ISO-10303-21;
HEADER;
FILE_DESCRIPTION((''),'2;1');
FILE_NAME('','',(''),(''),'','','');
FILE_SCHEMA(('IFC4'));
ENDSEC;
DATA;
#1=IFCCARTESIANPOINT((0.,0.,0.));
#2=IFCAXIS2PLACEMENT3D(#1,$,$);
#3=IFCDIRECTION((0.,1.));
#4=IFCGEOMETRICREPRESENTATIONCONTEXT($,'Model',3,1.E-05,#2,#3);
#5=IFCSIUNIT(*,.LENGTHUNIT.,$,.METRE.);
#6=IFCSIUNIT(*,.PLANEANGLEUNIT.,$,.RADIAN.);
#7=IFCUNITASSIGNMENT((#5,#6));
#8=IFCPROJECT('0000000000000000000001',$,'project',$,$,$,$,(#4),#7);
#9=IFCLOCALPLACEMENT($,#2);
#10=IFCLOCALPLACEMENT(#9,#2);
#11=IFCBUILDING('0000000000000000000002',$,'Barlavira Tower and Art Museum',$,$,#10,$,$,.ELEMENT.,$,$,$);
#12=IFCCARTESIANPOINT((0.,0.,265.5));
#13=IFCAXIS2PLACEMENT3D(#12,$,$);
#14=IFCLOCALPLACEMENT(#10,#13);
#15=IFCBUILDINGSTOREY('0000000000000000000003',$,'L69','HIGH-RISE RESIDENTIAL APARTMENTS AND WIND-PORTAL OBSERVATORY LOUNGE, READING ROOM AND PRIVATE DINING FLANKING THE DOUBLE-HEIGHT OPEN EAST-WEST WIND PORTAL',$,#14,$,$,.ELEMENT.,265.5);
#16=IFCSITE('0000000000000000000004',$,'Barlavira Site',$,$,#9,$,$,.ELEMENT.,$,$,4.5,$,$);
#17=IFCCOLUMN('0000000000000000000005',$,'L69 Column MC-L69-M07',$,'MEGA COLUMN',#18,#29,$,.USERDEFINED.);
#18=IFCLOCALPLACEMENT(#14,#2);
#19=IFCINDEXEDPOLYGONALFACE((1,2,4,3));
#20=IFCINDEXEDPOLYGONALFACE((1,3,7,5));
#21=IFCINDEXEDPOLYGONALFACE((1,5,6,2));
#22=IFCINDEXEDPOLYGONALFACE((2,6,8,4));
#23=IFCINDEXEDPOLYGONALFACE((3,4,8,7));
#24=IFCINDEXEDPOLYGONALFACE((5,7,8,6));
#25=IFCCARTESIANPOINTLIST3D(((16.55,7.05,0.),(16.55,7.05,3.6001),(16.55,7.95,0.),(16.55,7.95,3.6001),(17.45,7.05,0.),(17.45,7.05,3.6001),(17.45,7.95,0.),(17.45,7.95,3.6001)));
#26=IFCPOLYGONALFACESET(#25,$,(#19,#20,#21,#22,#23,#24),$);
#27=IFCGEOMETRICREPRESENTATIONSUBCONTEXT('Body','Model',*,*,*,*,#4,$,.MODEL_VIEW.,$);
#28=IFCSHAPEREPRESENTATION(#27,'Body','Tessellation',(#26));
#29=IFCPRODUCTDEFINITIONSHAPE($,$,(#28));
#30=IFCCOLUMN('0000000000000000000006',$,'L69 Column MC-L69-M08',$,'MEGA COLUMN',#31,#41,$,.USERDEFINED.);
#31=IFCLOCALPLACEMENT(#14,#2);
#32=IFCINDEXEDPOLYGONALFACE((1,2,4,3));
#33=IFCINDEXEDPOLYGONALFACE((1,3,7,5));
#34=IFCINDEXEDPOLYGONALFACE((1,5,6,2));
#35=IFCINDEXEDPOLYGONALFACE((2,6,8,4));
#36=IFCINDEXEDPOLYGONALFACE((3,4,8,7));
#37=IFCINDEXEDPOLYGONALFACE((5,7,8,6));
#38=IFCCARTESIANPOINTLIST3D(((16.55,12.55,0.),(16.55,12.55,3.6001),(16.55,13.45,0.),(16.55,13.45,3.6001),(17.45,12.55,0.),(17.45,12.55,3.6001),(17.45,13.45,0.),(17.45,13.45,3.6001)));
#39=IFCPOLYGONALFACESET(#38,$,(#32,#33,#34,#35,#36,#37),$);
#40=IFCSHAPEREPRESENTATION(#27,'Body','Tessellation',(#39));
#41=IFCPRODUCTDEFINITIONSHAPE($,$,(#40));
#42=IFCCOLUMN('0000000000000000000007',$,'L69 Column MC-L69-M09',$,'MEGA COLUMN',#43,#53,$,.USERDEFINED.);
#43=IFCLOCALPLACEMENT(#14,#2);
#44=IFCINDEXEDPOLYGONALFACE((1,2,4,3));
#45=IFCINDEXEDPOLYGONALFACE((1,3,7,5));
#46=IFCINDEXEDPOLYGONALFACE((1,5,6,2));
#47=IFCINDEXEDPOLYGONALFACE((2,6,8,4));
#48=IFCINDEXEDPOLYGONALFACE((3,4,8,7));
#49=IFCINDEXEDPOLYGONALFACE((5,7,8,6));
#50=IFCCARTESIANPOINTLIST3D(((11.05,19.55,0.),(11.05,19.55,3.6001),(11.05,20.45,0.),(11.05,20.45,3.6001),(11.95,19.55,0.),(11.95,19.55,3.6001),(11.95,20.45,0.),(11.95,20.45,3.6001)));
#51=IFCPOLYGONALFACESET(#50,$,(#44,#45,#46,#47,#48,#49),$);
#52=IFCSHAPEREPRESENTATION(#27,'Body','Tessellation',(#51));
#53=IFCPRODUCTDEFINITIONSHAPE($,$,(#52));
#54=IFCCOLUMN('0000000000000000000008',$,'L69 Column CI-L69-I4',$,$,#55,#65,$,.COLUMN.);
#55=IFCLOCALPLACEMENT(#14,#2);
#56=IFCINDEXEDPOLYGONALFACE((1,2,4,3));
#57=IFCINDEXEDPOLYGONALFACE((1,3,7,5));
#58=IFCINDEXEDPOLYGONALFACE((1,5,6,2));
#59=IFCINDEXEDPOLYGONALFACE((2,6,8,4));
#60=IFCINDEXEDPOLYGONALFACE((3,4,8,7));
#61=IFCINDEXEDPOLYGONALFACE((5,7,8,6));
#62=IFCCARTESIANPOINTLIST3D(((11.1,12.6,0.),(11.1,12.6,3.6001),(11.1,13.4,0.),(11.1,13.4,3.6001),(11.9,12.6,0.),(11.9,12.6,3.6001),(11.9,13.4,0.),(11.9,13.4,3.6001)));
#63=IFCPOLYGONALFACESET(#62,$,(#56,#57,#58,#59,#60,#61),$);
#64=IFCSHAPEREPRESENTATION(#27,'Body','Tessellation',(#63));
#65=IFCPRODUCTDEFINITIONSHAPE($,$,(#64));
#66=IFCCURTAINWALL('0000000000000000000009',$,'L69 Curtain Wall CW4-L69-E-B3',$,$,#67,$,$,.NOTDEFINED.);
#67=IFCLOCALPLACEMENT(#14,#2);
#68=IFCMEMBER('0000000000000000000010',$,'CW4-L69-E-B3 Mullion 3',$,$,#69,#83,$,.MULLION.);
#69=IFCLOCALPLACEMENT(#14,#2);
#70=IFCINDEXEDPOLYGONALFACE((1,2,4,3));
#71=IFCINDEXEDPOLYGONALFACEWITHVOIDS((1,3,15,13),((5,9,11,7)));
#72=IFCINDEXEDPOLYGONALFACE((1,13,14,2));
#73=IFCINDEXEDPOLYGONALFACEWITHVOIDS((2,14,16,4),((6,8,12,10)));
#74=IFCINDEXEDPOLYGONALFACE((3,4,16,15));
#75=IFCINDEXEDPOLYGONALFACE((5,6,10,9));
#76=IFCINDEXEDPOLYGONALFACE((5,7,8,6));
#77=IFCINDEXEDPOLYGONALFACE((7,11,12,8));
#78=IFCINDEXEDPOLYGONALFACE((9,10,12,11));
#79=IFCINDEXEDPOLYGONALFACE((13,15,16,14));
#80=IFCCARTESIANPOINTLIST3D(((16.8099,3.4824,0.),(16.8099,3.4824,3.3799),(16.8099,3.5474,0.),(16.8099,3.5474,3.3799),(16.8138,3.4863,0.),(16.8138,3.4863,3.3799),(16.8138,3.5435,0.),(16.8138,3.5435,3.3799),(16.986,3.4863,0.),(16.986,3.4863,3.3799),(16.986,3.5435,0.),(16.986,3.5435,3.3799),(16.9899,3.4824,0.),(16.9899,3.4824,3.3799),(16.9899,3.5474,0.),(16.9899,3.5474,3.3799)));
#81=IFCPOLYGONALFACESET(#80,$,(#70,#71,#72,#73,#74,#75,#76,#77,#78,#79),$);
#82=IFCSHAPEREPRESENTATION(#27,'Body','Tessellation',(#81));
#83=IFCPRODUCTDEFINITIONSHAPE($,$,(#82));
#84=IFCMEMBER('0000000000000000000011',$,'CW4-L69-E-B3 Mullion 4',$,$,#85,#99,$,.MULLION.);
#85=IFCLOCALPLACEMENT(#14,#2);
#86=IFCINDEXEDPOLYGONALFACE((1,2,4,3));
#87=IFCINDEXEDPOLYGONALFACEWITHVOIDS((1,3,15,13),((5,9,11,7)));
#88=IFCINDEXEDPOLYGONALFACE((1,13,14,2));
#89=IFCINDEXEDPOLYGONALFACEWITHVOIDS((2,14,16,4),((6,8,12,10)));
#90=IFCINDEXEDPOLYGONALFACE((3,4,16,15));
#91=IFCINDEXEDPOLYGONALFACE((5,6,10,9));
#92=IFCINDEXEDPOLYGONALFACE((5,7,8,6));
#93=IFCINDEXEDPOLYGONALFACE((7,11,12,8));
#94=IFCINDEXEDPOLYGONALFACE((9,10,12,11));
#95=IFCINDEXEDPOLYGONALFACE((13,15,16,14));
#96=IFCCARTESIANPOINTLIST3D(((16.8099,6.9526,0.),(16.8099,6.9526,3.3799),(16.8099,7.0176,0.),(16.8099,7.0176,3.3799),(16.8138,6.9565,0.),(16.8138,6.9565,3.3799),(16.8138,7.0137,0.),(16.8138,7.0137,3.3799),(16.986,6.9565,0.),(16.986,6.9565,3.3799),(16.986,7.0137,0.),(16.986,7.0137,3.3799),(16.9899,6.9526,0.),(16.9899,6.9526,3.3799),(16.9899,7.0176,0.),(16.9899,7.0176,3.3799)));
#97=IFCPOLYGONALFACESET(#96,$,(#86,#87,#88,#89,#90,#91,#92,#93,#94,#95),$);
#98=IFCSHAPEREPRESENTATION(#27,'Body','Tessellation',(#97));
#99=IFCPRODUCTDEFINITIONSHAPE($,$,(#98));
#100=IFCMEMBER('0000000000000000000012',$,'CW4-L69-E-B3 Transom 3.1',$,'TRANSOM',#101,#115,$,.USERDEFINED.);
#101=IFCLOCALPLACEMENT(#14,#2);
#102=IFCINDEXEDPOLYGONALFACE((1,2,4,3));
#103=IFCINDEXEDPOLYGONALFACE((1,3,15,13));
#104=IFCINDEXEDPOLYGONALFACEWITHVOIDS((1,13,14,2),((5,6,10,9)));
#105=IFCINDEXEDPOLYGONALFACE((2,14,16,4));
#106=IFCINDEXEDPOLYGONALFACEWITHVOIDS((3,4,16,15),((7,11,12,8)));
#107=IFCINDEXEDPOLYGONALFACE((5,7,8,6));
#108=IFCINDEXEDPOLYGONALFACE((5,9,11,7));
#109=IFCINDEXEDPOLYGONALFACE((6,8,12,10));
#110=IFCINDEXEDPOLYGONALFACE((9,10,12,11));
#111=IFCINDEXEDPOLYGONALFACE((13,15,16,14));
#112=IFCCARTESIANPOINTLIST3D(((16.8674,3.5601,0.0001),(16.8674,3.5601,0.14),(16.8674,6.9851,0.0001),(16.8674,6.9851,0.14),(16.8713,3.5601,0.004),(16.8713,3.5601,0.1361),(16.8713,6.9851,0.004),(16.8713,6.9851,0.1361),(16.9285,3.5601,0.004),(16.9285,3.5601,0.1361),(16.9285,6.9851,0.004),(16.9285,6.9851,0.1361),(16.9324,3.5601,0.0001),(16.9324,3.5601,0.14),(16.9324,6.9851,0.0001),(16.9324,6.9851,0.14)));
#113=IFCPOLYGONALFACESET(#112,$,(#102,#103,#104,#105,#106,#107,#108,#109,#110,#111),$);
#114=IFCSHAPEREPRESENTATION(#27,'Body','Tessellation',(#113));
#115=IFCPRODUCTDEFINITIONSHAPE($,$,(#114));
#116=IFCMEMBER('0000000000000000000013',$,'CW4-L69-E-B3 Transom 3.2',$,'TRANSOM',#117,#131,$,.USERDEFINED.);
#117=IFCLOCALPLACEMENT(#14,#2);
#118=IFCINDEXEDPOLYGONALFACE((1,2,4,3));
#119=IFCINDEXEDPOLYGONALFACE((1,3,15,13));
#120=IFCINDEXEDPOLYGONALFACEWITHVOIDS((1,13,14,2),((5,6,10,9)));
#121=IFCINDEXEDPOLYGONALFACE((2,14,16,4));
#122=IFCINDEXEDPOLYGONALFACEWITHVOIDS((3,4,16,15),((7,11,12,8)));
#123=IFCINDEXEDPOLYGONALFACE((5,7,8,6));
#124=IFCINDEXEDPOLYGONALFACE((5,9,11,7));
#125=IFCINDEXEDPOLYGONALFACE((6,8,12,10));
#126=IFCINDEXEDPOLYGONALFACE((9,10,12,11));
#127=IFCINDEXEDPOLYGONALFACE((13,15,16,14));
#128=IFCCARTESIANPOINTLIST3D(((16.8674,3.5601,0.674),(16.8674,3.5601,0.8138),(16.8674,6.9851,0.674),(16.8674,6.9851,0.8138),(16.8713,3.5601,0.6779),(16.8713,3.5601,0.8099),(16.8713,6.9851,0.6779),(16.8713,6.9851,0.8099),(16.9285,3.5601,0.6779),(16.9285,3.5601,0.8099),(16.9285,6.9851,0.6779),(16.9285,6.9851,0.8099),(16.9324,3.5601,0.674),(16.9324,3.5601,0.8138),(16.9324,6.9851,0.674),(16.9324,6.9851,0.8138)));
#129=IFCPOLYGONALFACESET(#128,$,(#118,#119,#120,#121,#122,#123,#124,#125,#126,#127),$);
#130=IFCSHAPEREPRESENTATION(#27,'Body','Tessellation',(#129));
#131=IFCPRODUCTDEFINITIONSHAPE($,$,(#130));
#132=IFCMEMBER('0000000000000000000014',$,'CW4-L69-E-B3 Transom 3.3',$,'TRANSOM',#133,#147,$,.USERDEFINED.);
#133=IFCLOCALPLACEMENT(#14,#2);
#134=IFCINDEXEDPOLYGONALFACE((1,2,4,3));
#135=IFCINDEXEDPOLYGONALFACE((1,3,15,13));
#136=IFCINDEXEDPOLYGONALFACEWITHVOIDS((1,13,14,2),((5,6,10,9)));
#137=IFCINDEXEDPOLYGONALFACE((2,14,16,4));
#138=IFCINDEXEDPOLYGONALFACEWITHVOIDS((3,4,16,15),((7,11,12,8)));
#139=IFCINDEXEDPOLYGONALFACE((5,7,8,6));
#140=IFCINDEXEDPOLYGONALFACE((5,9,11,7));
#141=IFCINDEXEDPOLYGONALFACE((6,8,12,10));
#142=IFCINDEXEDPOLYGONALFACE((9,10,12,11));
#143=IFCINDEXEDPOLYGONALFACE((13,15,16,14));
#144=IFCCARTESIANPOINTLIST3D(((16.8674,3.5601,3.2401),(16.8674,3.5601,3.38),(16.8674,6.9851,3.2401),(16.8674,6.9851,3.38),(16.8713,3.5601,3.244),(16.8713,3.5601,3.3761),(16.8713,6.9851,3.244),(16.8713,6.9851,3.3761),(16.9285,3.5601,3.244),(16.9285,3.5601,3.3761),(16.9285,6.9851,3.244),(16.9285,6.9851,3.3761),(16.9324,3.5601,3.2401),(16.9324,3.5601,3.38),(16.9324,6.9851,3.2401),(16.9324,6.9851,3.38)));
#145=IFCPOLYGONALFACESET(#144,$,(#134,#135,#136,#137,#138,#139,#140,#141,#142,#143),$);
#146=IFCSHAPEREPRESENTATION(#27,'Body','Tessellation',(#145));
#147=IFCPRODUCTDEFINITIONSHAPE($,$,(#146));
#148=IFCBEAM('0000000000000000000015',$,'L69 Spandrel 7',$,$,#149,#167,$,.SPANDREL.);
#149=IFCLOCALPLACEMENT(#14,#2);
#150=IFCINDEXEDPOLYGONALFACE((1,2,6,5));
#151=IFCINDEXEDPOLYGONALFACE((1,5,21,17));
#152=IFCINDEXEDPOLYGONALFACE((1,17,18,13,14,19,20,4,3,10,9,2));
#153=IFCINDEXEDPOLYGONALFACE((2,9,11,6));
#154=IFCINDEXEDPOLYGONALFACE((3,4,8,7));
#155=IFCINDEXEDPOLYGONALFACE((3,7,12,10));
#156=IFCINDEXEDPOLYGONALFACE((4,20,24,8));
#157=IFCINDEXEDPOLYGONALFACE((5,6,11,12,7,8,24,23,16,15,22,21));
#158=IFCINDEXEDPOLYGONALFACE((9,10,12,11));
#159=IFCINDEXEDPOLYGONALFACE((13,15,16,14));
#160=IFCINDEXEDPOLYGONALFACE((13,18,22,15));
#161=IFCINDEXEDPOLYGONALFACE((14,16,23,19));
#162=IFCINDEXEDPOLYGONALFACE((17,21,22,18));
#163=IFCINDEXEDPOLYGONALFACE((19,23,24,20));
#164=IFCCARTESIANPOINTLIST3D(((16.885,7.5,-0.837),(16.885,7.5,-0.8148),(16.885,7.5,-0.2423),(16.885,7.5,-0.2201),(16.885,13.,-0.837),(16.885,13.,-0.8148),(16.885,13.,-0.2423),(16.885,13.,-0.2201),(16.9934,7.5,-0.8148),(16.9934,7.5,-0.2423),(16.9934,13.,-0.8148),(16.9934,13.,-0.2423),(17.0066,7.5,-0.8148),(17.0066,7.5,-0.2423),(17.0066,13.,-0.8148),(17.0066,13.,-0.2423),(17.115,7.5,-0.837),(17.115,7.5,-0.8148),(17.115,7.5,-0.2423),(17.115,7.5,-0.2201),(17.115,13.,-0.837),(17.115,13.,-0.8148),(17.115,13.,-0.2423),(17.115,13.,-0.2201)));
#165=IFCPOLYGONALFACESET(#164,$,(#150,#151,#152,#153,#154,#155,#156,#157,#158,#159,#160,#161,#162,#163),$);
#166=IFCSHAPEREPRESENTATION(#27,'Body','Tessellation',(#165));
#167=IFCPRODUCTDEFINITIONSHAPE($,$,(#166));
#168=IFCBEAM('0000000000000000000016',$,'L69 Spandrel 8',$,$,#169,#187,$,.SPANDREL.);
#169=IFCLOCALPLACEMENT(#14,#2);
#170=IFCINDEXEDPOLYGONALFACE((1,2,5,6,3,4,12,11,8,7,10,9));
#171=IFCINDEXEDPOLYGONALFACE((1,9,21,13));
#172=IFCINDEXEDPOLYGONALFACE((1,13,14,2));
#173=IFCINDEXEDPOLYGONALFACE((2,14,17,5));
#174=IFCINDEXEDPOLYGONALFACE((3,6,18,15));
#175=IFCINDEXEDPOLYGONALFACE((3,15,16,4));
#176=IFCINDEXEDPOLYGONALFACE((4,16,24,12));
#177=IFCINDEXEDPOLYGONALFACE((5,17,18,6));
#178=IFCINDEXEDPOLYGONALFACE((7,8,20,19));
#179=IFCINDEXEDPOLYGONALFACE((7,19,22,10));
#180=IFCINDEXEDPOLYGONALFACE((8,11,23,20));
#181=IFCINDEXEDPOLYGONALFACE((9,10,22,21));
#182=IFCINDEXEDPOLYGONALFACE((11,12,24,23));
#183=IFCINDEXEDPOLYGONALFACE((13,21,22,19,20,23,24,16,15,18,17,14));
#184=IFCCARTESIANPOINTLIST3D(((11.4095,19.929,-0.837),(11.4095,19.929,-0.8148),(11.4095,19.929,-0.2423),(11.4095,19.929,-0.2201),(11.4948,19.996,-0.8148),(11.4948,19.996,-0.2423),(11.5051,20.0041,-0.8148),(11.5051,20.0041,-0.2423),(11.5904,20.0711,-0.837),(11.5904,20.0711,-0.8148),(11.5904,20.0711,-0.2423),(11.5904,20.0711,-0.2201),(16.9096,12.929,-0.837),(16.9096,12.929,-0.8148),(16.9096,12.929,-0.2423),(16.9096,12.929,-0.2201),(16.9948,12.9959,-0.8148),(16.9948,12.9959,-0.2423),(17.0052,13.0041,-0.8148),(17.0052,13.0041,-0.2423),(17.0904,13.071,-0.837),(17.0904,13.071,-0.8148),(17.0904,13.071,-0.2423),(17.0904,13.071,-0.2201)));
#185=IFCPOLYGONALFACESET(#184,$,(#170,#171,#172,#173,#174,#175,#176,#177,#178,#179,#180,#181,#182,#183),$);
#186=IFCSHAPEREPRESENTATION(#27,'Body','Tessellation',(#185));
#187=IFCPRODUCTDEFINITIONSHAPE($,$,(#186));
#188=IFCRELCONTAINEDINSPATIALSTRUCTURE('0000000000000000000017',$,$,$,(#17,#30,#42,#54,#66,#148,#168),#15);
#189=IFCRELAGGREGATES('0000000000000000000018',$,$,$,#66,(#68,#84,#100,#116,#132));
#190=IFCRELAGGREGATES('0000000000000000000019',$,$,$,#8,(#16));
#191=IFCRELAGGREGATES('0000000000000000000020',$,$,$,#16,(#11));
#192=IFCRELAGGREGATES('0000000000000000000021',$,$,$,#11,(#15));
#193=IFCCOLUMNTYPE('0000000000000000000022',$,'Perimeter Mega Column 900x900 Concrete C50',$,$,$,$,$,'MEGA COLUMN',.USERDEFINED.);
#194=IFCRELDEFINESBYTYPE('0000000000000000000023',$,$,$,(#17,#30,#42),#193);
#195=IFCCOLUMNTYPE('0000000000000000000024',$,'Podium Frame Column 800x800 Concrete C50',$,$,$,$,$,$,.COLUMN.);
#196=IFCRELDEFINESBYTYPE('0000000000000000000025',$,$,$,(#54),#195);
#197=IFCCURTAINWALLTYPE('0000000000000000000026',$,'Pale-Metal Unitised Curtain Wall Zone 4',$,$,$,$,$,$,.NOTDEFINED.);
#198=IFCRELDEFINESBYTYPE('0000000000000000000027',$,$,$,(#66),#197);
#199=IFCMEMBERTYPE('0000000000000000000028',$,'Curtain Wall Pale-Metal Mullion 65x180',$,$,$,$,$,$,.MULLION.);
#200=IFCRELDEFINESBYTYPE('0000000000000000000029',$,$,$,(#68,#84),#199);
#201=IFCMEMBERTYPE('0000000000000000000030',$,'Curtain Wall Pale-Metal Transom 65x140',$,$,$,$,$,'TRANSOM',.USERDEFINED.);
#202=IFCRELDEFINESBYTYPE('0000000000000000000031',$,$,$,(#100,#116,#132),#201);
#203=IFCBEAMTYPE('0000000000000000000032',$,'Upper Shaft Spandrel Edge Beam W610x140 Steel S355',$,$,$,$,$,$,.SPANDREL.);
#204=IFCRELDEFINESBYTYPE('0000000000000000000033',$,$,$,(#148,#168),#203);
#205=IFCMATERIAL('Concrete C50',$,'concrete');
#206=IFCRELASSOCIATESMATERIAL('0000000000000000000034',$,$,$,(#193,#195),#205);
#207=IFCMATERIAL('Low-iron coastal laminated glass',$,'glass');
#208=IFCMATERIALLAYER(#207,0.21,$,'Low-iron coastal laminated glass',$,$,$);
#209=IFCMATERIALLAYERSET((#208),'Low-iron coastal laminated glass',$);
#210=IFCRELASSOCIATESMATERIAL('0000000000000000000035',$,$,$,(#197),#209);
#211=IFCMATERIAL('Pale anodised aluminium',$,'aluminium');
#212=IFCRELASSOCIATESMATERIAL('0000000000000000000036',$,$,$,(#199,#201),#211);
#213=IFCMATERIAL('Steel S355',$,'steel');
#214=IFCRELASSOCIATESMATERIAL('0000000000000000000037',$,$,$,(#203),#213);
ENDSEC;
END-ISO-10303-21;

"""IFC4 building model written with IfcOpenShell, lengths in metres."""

from ifc_helpers import new_model, si_unit, direction, frame, origin, origin_2d, place, context, subcontext, project, spatial, rectangle, hollow_rectangle, i_section, extrude, material, layer, layer_set, material_profile, profile_set, type_object, element, aggregate, save


model = new_model("IFC4")

# Units and contexts
model_context = context("Model", 3, precision=1e-05, world=origin(), true_north=direction((0.0, 1.0)))
body_context = subcontext(model_context, "Body", "Model", "MODEL_VIEW")
ifc_project = project(units=[si_unit("LENGTHUNIT", "METRE"), si_unit("PLANEANGLEUNIT", "RADIAN")], contexts=[model_context])

# Site, building, storey
site_placement = place(None, origin())
site = spatial("IfcSite", under=ifc_project, at=site_placement, Name="Barlavira Site", CompositionType="ELEMENT", RefElevation=4.5)
building_placement = place(site_placement, origin())
building = spatial("IfcBuilding", under=site, at=building_placement, Name="Barlavira Tower and Art Museum", CompositionType="ELEMENT")
storey_placement = place(building_placement, frame((0.0, 0.0, 265.5)))
storey = spatial("IfcBuildingStorey", under=building, at=storey_placement, Name="L69", Description="HIGH-RISE RESIDENTIAL APARTMENTS AND WIND-PORTAL OBSERVATORY LOUNGE, READING ROOM AND PRIVATE DINING FLANKING THE DOUBLE-HEIGHT OPEN EAST-WEST WIND PORTAL", CompositionType="ELEMENT", Elevation=265.5)

# Columns
ifc_material_1 = material(Name="Concrete C50", Category="concrete")
ifc_material_profile_1 = material_profile(ifc_material_1, rectangle(XDim=0.8999, YDim=0.8999, at=origin_2d()), Name="RC-COL 900x900")
ifc_profile_set_1 = profile_set([ifc_material_profile_1], Name="Concrete C50")
column_type_1 = type_object("IfcColumnType", Name="Perimeter Mega Column 900x900 Concrete C50", ElementType="MEGA COLUMN", PredefinedType="USERDEFINED", material=ifc_profile_set_1)
for number, where, z_axis, x_axis, name in (
    (1, (17.0, 7.5, 0.0), (0.0, 0.0, 1.0), (1.0, 0.0, 0.0), "L69 Column MC-L69-M07"),
    (2, (17.0, 13.0, 0.0), (0.0, 0.0, 1.0), (1.0, 0.0, 0.0), "L69 Column MC-L69-M08"),
    (3, (11.5, 20.0, 0.0), (0.0, 0.0, 1.0), (1.0, 0.0, 0.0), "L69 Column MC-L69-M09"),
):
    element("IfcColumn", number, at=place(storey_placement, frame(where, z_axis=z_axis, x_axis=x_axis)), inside=storey, type_object=column_type_1, Name=name, ObjectType="MEGA COLUMN", PredefinedType="USERDEFINED", context=body_context, shape_type="SweptSolid", body=[
        extrude(rectangle(XDim=0.8999, YDim=0.8999, at=origin_2d()), origin(), (0.0, 0.0, 1.0), 3.6001),
    ])
ifc_material_profile_2 = material_profile(ifc_material_1, rectangle(XDim=0.8, YDim=0.8, at=origin_2d()), Name="RC-COL 800x800")
ifc_profile_set_2 = profile_set([ifc_material_profile_2], Name="Concrete C50")
column_type_2 = type_object("IfcColumnType", Name="Podium Frame Column 800x800 Concrete C50", PredefinedType="COLUMN", material=ifc_profile_set_2)
column_placement = place(storey_placement, frame((11.5, 13.0, 0.0), z_axis=(0.0, 0.0, 1.0), x_axis=(1.0, 0.0, 0.0)))
element("IfcColumn", 4, at=column_placement, inside=storey, type_object=column_type_2, Name="L69 Column CI-L69-I4", PredefinedType="COLUMN", context=body_context, shape_type="SweptSolid", body=[
    extrude(rectangle(XDim=0.8, YDim=0.8, at=origin_2d()), origin(), (0.0, 0.0, 1.0), 3.6001),
])

# Curtain wall, members
ifc_material_2 = material(Name="Low-iron coastal laminated glass", Category="glass")
ifc_layer_1 = layer(ifc_material_2, 0.21, Name="Low-iron coastal laminated glass")
ifc_layer_set_1 = layer_set([ifc_layer_1], Name="Low-iron coastal laminated glass")
curtain_wall_type = type_object("IfcCurtainWallType", Name="Pale-Metal Unitised Curtain Wall Zone 4", PredefinedType="NOTDEFINED", material=ifc_layer_set_1)
curtain_wall_placement = place(storey_placement, origin())
curtain_wall = element("IfcCurtainWall", 5, at=curtain_wall_placement, inside=storey, type_object=curtain_wall_type, Name="L69 Curtain Wall CW4-L69-E-B3", PredefinedType="NOTDEFINED")
ifc_material_3 = material(Name="Pale anodised aluminium", Category="aluminium")
ifc_material_profile_3 = material_profile(ifc_material_3, hollow_rectangle(XDim=0.0649, YDim=0.1799, WallThickness=0.0039, at=origin_2d()), Name="ALU-MULL 65x180x4")
ifc_profile_set_3 = profile_set([ifc_material_profile_3], Name="Pale anodised aluminium")
member_type_1 = type_object("IfcMemberType", Name="Curtain Wall Pale-Metal Mullion 65x180", PredefinedType="MULLION", material=ifc_profile_set_3)
member_1_placement = place(storey_placement, frame((16.8999, 3.5149, 0.0), z_axis=(0.0, 0.0, 1.0), x_axis=(0.0, 1.0, 0.0)))
member_1 = element("IfcMember", 6, at=member_1_placement, type_object=member_type_1, Name="CW4-L69-E-B3 Mullion 3", PredefinedType="MULLION", context=body_context, shape_type="SweptSolid", body=[
    extrude(hollow_rectangle(XDim=0.0649, YDim=0.1799, WallThickness=0.0039, at=origin_2d()), origin(), (0.0, 0.0, 1.0), 3.3799),
])
member_2_placement = place(storey_placement, frame((16.8999, 6.9851, 0.0), z_axis=(0.0, 0.0, 1.0), x_axis=(0.0, 1.0, 0.0)))
member_2 = element("IfcMember", 7, at=member_2_placement, type_object=member_type_1, Name="CW4-L69-E-B3 Mullion 4", PredefinedType="MULLION", context=body_context, shape_type="SweptSolid", body=[
    extrude(hollow_rectangle(XDim=0.0649, YDim=0.1799, WallThickness=0.0039, at=origin_2d()), origin(), (0.0, 0.0, 1.0), 3.3799),
])
ifc_material_profile_4 = material_profile(ifc_material_3, hollow_rectangle(XDim=0.0649, YDim=0.1399, WallThickness=0.0039, at=origin_2d()), Name="ALU-TRAN 65x140x4")
ifc_profile_set_4 = profile_set([ifc_material_profile_4], Name="Pale anodised aluminium")
member_type_2 = type_object("IfcMemberType", Name="Curtain Wall Pale-Metal Transom 65x140", ElementType="TRANSOM", PredefinedType="USERDEFINED", material=ifc_profile_set_4)
member_3_placement = place(storey_placement, frame((16.8999, 3.5601, 0.0701), z_axis=(0.0, 1.0, 0.0), x_axis=(-1.0, 0.0, 0.0)))
member_3 = element("IfcMember", 8, at=member_3_placement, type_object=member_type_2, Name="CW4-L69-E-B3 Transom 3.1", ObjectType="TRANSOM", PredefinedType="USERDEFINED", context=body_context, shape_type="SweptSolid", body=[
    extrude(hollow_rectangle(XDim=0.0649, YDim=0.1399, WallThickness=0.0039, at=origin_2d()), origin(), (0.0, 0.0, 1.0), 3.425),
])
member_4_placement = place(storey_placement, frame((16.8999, 3.5601, 0.7439), z_axis=(0.0, 1.0, 0.0), x_axis=(-1.0, 0.0, 0.0)))
member_4 = element("IfcMember", 9, at=member_4_placement, type_object=member_type_2, Name="CW4-L69-E-B3 Transom 3.2", ObjectType="TRANSOM", PredefinedType="USERDEFINED", context=body_context, shape_type="SweptSolid", body=[
    extrude(hollow_rectangle(XDim=0.0649, YDim=0.1399, WallThickness=0.0039, at=origin_2d()), origin(), (0.0, 0.0, 1.0), 3.425),
])
member_5_placement = place(storey_placement, frame((16.8999, 3.5601, 3.3101), z_axis=(0.0, 1.0, 0.0), x_axis=(-1.0, 0.0, 0.0)))
member_5 = element("IfcMember", 10, at=member_5_placement, type_object=member_type_2, Name="CW4-L69-E-B3 Transom 3.3", ObjectType="TRANSOM", PredefinedType="USERDEFINED", context=body_context, shape_type="SweptSolid", body=[
    extrude(hollow_rectangle(XDim=0.0649, YDim=0.1399, WallThickness=0.0039, at=origin_2d()), origin(), (0.0, 0.0, 1.0), 3.425),
])

# Beams
ifc_material_4 = material(Name="Steel S355", Category="steel")
ifc_material_profile_5 = material_profile(ifc_material_4, i_section(OverallWidth=0.23, OverallDepth=0.6169, WebThickness=0.0132, FlangeThickness=0.0222, at=origin_2d()), Name="W610x140.0")
ifc_profile_set_5 = profile_set([ifc_material_profile_5], Name="Steel S355")
beam_type = type_object("IfcBeamType", Name="Upper Shaft Spandrel Edge Beam W610x140 Steel S355", PredefinedType="SPANDREL", material=ifc_profile_set_5)
beam_1_placement = place(storey_placement, frame((17.0, 7.5, -0.5286), z_axis=(0.0, 1.0, 0.0), x_axis=(-1.0, 0.0, 0.0)))
element("IfcBeam", 11, at=beam_1_placement, inside=storey, type_object=beam_type, Name="L69 Spandrel 7", PredefinedType="SPANDREL", context=body_context, shape_type="SweptSolid", body=[
    extrude(i_section(OverallWidth=0.23, OverallDepth=0.6169, WebThickness=0.0132, FlangeThickness=0.0222, at=origin_2d()), origin(), (0.0, 0.0, 1.0), 5.5),
])
beam_2_placement = place(storey_placement, frame((17.0, 13.0, -0.5286), z_axis=(-0.617822, 0.786318, 0.0), x_axis=(-0.786318, -0.617822, 0.0)))
element("IfcBeam", 12, at=beam_2_placement, inside=storey, type_object=beam_type, Name="L69 Spandrel 8", PredefinedType="SPANDREL", context=body_context, shape_type="SweptSolid", body=[
    extrude(i_section(OverallWidth=0.23, OverallDepth=0.6169, WebThickness=0.0132, FlangeThickness=0.0222, at=origin_2d()), origin(), (0.0, 0.0, 1.0), 8.9023),
])

aggregate(curtain_wall, [member_1, member_2, member_3, member_4, member_5])

save(model, "model.ifc")
